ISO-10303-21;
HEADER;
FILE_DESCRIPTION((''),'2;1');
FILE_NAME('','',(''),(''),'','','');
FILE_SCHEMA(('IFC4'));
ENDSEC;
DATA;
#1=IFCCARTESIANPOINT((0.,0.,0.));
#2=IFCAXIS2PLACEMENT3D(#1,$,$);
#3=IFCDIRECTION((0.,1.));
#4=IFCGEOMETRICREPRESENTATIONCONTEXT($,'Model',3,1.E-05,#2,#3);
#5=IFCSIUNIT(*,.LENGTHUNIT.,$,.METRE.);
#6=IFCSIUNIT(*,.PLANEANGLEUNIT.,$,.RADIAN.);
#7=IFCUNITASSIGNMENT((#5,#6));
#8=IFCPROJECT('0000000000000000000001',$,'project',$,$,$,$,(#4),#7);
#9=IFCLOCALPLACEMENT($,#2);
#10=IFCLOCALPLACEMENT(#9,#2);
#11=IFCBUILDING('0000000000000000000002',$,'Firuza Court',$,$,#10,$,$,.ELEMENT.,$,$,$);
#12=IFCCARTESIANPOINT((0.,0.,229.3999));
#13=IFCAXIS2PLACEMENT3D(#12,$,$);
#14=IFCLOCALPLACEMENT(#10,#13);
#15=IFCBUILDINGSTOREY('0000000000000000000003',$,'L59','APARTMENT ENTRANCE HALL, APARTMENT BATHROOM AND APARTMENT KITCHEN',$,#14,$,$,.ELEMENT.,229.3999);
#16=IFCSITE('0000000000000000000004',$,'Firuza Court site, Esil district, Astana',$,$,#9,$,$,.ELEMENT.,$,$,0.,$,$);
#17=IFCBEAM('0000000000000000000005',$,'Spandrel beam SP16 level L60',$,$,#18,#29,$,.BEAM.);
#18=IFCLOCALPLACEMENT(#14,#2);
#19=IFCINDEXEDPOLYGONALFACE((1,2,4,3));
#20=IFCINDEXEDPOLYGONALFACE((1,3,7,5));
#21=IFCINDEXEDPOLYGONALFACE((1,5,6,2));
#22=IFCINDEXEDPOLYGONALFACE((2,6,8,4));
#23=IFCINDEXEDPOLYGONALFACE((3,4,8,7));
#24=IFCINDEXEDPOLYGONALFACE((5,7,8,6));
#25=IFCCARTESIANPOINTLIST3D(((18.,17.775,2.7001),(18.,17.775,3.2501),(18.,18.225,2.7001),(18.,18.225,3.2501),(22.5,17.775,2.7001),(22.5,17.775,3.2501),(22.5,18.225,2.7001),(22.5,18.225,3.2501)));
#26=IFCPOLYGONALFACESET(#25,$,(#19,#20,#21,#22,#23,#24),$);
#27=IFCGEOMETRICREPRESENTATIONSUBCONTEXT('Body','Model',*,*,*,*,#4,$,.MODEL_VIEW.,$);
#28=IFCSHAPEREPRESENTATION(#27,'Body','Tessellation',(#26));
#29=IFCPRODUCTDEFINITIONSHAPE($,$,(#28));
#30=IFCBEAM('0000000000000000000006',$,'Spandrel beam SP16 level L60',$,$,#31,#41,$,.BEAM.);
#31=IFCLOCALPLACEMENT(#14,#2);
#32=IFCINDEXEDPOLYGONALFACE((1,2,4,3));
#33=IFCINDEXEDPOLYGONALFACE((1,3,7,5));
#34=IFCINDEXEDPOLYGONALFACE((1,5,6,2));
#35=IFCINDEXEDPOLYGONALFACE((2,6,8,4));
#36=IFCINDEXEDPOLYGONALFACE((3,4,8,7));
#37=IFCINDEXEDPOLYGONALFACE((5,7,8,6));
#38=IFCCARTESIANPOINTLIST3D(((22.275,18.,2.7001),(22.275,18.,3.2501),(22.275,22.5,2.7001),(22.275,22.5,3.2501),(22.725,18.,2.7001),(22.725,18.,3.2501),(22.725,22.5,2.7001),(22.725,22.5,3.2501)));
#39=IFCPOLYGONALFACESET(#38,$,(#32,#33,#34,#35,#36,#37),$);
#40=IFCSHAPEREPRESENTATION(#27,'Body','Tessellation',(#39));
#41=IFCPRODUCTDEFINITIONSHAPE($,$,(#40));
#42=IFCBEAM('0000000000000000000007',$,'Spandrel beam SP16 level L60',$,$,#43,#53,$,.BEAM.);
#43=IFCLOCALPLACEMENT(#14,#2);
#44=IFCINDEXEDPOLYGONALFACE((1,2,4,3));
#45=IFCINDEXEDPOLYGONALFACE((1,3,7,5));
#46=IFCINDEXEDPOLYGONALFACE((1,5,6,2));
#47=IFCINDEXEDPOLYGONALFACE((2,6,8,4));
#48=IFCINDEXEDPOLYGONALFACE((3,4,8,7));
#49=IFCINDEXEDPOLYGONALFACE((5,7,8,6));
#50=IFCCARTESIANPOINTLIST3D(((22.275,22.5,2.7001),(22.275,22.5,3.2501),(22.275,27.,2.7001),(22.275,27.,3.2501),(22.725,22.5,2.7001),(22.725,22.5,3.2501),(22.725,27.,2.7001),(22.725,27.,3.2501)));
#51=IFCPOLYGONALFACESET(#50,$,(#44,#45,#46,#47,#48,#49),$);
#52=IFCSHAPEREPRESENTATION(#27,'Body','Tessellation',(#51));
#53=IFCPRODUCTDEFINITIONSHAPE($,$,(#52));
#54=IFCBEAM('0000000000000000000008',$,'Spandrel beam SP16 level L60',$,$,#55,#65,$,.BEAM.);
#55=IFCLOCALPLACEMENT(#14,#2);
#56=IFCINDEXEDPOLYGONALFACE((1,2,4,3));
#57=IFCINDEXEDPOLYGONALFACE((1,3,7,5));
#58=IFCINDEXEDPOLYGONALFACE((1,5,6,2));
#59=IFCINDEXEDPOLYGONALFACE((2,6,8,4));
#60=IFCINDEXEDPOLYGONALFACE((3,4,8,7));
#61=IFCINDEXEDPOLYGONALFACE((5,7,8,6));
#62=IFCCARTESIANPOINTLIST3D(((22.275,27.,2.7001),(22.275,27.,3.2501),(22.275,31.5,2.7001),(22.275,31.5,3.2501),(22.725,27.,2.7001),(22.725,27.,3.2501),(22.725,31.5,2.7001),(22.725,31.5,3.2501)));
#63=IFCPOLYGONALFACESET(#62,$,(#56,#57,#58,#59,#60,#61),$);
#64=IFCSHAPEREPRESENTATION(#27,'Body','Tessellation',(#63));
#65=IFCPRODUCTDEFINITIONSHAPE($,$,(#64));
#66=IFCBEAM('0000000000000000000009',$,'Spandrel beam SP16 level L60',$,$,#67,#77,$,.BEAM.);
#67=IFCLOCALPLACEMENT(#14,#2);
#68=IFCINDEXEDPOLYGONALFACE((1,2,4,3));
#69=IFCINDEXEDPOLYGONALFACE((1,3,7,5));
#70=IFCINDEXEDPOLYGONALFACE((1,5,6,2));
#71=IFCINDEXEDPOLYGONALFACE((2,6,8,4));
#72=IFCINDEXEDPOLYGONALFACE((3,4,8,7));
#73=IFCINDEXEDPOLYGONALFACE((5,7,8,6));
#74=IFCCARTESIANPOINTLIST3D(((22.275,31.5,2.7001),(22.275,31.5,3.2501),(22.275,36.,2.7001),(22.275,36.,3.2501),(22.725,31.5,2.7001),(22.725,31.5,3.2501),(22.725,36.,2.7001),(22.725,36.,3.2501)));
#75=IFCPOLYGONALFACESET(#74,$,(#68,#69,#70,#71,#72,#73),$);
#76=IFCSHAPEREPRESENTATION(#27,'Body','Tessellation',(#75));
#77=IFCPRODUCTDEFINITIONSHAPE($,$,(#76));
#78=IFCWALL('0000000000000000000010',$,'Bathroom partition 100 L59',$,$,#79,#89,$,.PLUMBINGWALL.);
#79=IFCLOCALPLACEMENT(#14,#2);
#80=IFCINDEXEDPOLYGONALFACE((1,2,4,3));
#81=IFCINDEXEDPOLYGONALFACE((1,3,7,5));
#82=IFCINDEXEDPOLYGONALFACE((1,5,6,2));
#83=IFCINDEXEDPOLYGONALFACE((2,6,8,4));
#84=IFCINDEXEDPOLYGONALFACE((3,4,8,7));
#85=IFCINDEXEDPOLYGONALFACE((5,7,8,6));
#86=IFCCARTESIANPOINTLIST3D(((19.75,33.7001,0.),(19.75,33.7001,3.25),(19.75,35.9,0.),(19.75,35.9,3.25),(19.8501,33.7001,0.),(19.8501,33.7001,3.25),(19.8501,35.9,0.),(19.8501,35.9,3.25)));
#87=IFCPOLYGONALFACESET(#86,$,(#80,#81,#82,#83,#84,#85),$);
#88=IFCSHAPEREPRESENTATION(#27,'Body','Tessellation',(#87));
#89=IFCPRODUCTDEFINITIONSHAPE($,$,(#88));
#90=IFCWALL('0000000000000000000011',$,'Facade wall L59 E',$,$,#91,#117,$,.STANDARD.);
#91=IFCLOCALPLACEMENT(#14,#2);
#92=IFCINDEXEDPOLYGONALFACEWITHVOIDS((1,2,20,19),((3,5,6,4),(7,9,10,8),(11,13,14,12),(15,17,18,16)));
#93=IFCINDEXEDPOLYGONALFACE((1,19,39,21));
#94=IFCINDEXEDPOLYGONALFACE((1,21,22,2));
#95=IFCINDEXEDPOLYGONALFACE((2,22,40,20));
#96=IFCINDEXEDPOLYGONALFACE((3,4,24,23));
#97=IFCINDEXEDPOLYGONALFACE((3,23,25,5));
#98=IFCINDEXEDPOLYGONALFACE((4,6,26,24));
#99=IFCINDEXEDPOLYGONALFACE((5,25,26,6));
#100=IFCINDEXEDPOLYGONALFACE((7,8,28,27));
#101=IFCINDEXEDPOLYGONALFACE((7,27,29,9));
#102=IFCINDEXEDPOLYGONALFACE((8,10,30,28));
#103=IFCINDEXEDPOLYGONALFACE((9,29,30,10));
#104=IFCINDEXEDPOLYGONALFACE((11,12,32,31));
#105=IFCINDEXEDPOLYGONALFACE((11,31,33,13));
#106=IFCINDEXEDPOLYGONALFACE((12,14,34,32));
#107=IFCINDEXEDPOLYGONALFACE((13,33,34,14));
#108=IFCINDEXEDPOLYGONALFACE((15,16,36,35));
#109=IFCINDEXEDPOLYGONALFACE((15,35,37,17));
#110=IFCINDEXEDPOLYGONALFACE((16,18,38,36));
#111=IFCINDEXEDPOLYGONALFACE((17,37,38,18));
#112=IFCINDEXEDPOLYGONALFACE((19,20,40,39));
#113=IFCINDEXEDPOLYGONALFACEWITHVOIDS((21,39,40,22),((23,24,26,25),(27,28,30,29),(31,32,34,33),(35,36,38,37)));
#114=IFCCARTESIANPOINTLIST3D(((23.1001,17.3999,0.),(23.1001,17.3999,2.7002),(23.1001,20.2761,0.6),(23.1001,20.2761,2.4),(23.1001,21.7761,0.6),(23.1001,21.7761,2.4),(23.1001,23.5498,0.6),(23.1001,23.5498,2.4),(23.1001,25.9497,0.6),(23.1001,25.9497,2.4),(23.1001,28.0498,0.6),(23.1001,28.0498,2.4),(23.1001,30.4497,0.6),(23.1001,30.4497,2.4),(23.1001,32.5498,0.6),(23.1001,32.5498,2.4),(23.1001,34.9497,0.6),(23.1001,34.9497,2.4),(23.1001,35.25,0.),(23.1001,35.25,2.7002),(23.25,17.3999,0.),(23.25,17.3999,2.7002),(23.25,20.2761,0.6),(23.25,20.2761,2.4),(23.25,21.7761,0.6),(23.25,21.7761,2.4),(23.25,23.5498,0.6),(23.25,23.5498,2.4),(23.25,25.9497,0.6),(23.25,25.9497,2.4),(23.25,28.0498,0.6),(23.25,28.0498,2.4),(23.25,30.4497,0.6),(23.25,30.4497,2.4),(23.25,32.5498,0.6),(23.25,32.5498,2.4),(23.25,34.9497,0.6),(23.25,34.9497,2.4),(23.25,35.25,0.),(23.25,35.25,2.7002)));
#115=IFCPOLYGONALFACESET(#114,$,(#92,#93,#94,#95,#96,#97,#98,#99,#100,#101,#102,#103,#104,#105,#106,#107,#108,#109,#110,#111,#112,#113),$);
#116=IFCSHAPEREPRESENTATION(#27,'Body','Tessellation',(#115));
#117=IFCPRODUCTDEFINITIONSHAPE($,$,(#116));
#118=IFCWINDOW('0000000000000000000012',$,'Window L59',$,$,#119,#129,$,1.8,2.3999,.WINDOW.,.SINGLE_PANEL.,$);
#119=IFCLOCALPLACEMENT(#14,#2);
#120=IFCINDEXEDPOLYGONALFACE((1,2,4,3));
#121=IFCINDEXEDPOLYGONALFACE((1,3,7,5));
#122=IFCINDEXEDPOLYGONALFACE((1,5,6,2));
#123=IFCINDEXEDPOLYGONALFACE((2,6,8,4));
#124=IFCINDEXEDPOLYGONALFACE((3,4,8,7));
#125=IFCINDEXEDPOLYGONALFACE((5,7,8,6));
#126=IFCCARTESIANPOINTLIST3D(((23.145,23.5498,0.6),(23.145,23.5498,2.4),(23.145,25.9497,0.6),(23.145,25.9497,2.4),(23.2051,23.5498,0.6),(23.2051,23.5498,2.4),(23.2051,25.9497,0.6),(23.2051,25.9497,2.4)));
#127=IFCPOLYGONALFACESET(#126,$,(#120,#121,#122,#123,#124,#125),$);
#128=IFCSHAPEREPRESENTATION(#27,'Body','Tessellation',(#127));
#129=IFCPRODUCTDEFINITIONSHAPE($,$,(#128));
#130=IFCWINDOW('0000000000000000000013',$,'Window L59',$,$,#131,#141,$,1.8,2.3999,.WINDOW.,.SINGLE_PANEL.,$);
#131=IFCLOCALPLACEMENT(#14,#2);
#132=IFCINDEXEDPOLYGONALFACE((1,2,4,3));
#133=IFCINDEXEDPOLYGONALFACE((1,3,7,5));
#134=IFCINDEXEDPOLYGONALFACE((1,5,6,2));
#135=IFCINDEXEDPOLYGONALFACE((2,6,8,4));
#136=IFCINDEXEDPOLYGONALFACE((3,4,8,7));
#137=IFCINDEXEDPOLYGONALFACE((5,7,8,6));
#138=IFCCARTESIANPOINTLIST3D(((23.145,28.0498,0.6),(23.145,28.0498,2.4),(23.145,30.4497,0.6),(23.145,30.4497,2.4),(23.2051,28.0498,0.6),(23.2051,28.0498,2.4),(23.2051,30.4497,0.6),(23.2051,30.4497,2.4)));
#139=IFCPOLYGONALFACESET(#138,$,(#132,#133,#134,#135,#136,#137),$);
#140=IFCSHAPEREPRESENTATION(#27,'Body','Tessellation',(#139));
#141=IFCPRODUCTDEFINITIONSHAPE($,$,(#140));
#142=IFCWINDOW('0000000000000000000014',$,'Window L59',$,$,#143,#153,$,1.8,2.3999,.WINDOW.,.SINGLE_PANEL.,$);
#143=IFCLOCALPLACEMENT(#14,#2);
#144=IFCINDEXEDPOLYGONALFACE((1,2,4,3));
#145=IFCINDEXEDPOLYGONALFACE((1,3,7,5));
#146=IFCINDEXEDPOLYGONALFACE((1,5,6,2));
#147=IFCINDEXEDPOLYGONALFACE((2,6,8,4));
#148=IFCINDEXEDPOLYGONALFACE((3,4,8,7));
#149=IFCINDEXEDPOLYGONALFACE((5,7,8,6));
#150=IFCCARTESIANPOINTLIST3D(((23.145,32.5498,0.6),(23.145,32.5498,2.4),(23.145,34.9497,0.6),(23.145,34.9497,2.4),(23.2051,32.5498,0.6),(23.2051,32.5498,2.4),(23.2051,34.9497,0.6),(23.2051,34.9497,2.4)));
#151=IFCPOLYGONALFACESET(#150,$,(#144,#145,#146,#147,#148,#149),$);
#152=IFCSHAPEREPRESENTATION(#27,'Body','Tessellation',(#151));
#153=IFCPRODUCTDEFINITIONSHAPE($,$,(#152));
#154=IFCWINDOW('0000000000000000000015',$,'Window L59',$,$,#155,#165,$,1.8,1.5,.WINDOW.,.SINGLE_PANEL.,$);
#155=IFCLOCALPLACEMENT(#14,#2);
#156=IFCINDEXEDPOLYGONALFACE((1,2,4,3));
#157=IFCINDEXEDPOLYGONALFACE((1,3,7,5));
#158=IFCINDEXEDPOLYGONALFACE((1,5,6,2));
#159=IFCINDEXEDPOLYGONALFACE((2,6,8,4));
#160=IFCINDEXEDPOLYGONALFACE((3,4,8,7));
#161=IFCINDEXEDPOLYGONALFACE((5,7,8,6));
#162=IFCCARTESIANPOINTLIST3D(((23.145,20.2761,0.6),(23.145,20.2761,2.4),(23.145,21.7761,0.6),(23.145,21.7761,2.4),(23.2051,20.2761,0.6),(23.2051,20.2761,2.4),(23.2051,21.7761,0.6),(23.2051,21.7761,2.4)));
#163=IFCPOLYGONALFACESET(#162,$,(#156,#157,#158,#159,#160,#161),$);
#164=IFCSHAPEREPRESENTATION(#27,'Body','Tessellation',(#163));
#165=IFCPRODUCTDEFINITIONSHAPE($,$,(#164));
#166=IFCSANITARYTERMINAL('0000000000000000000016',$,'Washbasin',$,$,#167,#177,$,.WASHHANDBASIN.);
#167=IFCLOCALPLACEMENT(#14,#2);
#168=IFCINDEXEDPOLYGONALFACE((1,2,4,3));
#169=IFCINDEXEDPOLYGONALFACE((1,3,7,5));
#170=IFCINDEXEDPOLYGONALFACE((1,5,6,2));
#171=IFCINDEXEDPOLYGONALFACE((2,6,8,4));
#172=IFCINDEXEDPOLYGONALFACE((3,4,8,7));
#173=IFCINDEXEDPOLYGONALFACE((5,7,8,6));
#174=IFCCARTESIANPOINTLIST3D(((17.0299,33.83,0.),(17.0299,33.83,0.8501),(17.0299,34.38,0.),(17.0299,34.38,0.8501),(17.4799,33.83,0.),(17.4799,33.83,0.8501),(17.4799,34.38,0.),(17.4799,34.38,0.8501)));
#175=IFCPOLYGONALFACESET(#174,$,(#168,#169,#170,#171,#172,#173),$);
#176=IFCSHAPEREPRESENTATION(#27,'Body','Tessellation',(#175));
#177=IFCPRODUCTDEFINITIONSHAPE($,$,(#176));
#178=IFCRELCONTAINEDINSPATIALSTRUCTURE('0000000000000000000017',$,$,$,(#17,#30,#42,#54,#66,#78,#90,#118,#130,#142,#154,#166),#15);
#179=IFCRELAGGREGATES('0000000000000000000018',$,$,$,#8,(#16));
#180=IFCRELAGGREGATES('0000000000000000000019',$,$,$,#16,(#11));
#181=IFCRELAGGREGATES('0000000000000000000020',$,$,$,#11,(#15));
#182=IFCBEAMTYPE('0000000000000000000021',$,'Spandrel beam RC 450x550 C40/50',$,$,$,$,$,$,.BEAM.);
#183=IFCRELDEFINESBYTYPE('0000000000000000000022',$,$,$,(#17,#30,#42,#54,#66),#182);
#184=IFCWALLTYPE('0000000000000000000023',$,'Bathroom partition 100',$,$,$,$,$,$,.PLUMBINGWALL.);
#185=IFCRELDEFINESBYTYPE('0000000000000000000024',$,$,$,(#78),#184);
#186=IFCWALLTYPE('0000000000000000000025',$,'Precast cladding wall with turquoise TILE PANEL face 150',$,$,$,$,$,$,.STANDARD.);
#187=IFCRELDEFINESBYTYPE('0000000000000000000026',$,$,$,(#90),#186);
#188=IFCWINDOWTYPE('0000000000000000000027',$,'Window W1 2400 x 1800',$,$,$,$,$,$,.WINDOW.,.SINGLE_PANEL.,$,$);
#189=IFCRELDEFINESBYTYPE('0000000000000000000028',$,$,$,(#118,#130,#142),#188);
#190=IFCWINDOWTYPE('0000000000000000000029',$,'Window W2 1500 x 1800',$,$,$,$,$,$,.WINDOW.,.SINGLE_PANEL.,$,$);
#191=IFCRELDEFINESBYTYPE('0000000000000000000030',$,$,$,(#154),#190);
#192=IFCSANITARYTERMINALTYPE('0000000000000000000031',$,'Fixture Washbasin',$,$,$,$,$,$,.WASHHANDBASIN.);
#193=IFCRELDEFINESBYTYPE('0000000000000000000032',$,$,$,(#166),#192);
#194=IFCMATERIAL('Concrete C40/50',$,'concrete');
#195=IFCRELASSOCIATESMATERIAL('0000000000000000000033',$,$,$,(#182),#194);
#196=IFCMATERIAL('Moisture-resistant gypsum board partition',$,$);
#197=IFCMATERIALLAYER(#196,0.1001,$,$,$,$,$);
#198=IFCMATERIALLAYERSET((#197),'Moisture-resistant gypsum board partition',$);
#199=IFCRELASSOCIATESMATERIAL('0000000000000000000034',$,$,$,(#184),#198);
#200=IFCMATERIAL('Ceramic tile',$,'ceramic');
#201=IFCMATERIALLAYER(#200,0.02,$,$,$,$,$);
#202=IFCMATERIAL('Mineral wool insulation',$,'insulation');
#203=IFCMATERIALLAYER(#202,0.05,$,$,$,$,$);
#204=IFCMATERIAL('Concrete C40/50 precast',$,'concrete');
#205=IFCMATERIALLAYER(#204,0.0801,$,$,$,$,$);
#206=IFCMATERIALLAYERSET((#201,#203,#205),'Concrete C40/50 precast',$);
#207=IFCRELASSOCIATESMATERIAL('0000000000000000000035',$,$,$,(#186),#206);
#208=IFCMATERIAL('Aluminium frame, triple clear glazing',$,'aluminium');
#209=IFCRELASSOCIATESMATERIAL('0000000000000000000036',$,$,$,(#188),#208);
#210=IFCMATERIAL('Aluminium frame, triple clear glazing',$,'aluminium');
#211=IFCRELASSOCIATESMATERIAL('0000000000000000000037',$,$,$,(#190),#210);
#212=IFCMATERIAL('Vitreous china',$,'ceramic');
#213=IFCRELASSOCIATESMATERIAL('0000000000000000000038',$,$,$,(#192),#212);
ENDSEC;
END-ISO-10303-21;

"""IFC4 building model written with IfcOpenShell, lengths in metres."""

from ifc_helpers import new_model, si_unit, direction, frame, frame_2d, origin, origin_2d, place, context, subcontext, project, spatial, rectangle, extrude, material, layer, layer_set, material_profile, profile_set, type_object, element, fill, save


model = new_model("IFC4")

# Units and contexts
model_context = context("Model", 3, precision=1e-05, world=origin(), true_north=direction((0.0, 1.0)))
body_context = subcontext(model_context, "Body", "Model", "MODEL_VIEW")
ifc_project = project(units=[si_unit("LENGTHUNIT", "METRE"), si_unit("PLANEANGLEUNIT", "RADIAN")], contexts=[model_context])

# Site, building, storey
site_placement = place(None, origin())
site = spatial("IfcSite", under=ifc_project, at=site_placement, Name="Firuza Court site, Esil district, Astana", CompositionType="ELEMENT", RefElevation=0.0)
building_placement = place(site_placement, origin())
building = spatial("IfcBuilding", under=site, at=building_placement, Name="Firuza Court", CompositionType="ELEMENT")
storey_placement = place(building_placement, frame((0.0, 0.0, 229.3999)))
storey = spatial("IfcBuildingStorey", under=building, at=storey_placement, Name="L59", Description="APARTMENT ENTRANCE HALL, APARTMENT BATHROOM AND APARTMENT KITCHEN", CompositionType="ELEMENT", Elevation=229.3999)

# Beams
ifc_material_1 = material(Name="Concrete C40/50", Category="concrete")
ifc_material_profile_1 = material_profile(ifc_material_1, rectangle(XDim=0.45, YDim=0.55, at=origin_2d()), Name="RC 450x550")
ifc_profile_set_1 = profile_set([ifc_material_profile_1], Name="Concrete C40/50")
beam_type_1 = type_object("IfcBeamType", Name="Spandrel beam RC 450x550 C40/50", PredefinedType="BEAM", material=ifc_profile_set_1)
for number, where, z_axis, x_axis, name in (
    (1, (18.0, 18.0, 2.9751), (1.0, 0.0, 0.0), (0.0, 1.0, 0.0), "Spandrel beam SP16 level L60"),
    (2, (22.5, 18.0, 2.9751), (0.0, 1.0, 0.0), (-1.0, 0.0, 0.0), "Spandrel beam SP16 level L60"),
    (3, (22.5, 22.5, 2.9751), (0.0, 1.0, 0.0), (-1.0, 0.0, 0.0), "Spandrel beam SP16 level L60"),
    (4, (22.5, 27.0, 2.9751), (0.0, 1.0, 0.0), (-1.0, 0.0, 0.0), "Spandrel beam SP16 level L60"),
    (5, (22.5, 31.5, 2.9751), (0.0, 1.0, 0.0), (-1.0, 0.0, 0.0), "Spandrel beam SP16 level L60"),
):
    element("IfcBeam", number, at=place(storey_placement, frame(where, z_axis=z_axis, x_axis=x_axis)), inside=storey, type_object=beam_type_1, Name=name, PredefinedType="BEAM", context=body_context, shape_type="SweptSolid", body=[
        extrude(rectangle(XDim=0.45, YDim=0.55, at=origin_2d()), origin(), (0.0, 0.0, 1.0), 4.5),
    ])

# Wall
ifc_material_2 = material(Name="Moisture-resistant gypsum board partition")
ifc_layer_1 = layer(ifc_material_2, 0.1001)
ifc_layer_set_1 = layer_set([ifc_layer_1], Name="Moisture-resistant gypsum board partition")
wall_type_1 = type_object("IfcWallType", Name="Bathroom partition 100", PredefinedType="PLUMBINGWALL", material=ifc_layer_set_1)
wall_1_placement = place(storey_placement, frame((19.8, 33.7, 0.0), z_axis=(0.0, 0.0, 1.0), x_axis=(0.0, 1.0, 0.0)))
element("IfcWall", 6, at=wall_1_placement, inside=storey, type_object=wall_type_1, Name="Bathroom partition 100 L59", PredefinedType="PLUMBINGWALL", context=body_context, shape_type="SweptSolid", body=[
    extrude(rectangle(XDim=2.2, YDim=0.1001, at=frame_2d((1.1001, 0.0))), origin(), (0.0, 0.0, 1.0), 3.25),
])

# Wall, openings, windows
ifc_material_3 = material(Name="Ceramic tile", Category="ceramic")
ifc_layer_2 = layer(ifc_material_3, 0.02)
ifc_material_4 = material(Name="Mineral wool insulation", Category="insulation")
ifc_layer_3 = layer(ifc_material_4, 0.05)
ifc_material_5 = material(Name="Concrete C40/50 precast", Category="concrete")
ifc_layer_4 = layer(ifc_material_5, 0.0801)
ifc_layer_set_2 = layer_set([ifc_layer_2, ifc_layer_3, ifc_layer_4], Name="Concrete C40/50 precast")
wall_type_2 = type_object("IfcWallType", Name="Precast cladding wall with turquoise TILE PANEL face 150", PredefinedType="STANDARD", material=ifc_layer_set_2)
wall_2_placement = place(storey_placement, frame((23.175, 17.3999, 0.0), z_axis=(0.0, 0.0, 1.0), x_axis=(0.0, 1.0, 0.0)))
wall_2 = element("IfcWall", 7, at=wall_2_placement, inside=storey, type_object=wall_type_2, Name="Facade wall L59 E", PredefinedType="STANDARD", context=body_context, shape_type="SweptSolid", body=[
    extrude(rectangle(XDim=17.8501, YDim=0.1499, at=frame_2d((8.925, 0.0))), origin(), (0.0, 0.0, 1.0), 2.7002),
])
opening_1_placement = place(wall_2_placement, frame((2.8762, 0.0, 0.6001)))
opening_1 = element("IfcOpeningElement", 8, at=opening_1_placement, cuts=wall_2, PredefinedType="OPENING", context=body_context, shape_type="SweptSolid", body=[
    extrude(rectangle(XDim=1.5, YDim=1.8, at=frame_2d((0.75, 0.8999))), frame((0.0, 0.0869, 0.0), z_axis=(0.0, -1.0, 0.0), x_axis=(1.0, 0.0, 0.0)), (0.0, 0.0, 1.0), 0.1738),
])
opening_2_placement = place(wall_2_placement, frame((6.1499, 0.0, 0.6001)))
opening_2 = element("IfcOpeningElement", 9, at=opening_2_placement, cuts=wall_2, PredefinedType="OPENING", context=body_context, shape_type="SweptSolid", body=[
    extrude(rectangle(XDim=2.3999, YDim=1.8, at=frame_2d((1.2, 0.8999))), frame((0.0, 0.0869, 0.0), z_axis=(0.0, -1.0, 0.0), x_axis=(1.0, 0.0, 0.0)), (0.0, 0.0, 1.0), 0.1738),
])
opening_3_placement = place(wall_2_placement, frame((10.6499, 0.0, 0.6001)))
opening_3 = element("IfcOpeningElement", 10, at=opening_3_placement, cuts=wall_2, PredefinedType="OPENING", context=body_context, shape_type="SweptSolid", body=[
    extrude(rectangle(XDim=2.3999, YDim=1.8, at=frame_2d((1.2, 0.8999))), frame((0.0, 0.0869, 0.0), z_axis=(0.0, -1.0, 0.0), x_axis=(1.0, 0.0, 0.0)), (0.0, 0.0, 1.0), 0.1738),
])
opening_4_placement = place(wall_2_placement, frame((15.1499, 0.0, 0.6001)))
opening_4 = element("IfcOpeningElement", 11, at=opening_4_placement, cuts=wall_2, PredefinedType="OPENING", context=body_context, shape_type="SweptSolid", body=[
    extrude(rectangle(XDim=2.3999, YDim=1.8, at=frame_2d((1.2, 0.8999))), frame((0.0, 0.0869, 0.0), z_axis=(0.0, -1.0, 0.0), x_axis=(1.0, 0.0, 0.0)), (0.0, 0.0, 1.0), 0.1738),
])
ifc_material_6 = material(Name="Aluminium frame, triple clear glazing", Category="aluminium")
window_type_1 = type_object("IfcWindowType", Name="Window W1 2400 x 1800", PartitioningType="SINGLE_PANEL", PredefinedType="WINDOW", material=ifc_material_6)
window_1_placement = place(opening_2_placement, origin())
window_1 = element("IfcWindow", 12, at=window_1_placement, inside=storey, type_object=window_type_1, Name="Window L59", OverallHeight=1.8, OverallWidth=2.3999, PartitioningType="SINGLE_PANEL", PredefinedType="WINDOW", context=body_context, shape_type="SweptSolid", body=[
    extrude(rectangle(XDim=2.3999, YDim=1.8, at=frame_2d((1.2, 0.8999))), frame((0.0, 0.03, 0.0), z_axis=(0.0, -1.0, 0.0), x_axis=(1.0, 0.0, 0.0)), (0.0, 0.0, 1.0), 0.0601),
])
fill(opening_2, window_1)
window_2_placement = place(opening_3_placement, origin())
window_2 = element("IfcWindow", 13, at=window_2_placement, inside=storey, type_object=window_type_1, Name="Window L59", OverallHeight=1.8, OverallWidth=2.3999, PartitioningType="SINGLE_PANEL", PredefinedType="WINDOW", context=body_context, shape_type="SweptSolid", body=[
    extrude(rectangle(XDim=2.3999, YDim=1.8, at=frame_2d((1.2, 0.8999))), frame((0.0, 0.03, 0.0), z_axis=(0.0, -1.0, 0.0), x_axis=(1.0, 0.0, 0.0)), (0.0, 0.0, 1.0), 0.0601),
])
fill(opening_3, window_2)
window_3_placement = place(opening_4_placement, origin())
window_3 = element("IfcWindow", 14, at=window_3_placement, inside=storey, type_object=window_type_1, Name="Window L59", OverallHeight=1.8, OverallWidth=2.3999, PartitioningType="SINGLE_PANEL", PredefinedType="WINDOW", context=body_context, shape_type="SweptSolid", body=[
    extrude(rectangle(XDim=2.3999, YDim=1.8, at=frame_2d((1.2, 0.8999))), frame((0.0, 0.03, 0.0), z_axis=(0.0, -1.0, 0.0), x_axis=(1.0, 0.0, 0.0)), (0.0, 0.0, 1.0), 0.0601),
])
fill(opening_4, window_3)
ifc_material_7 = material(Name="Aluminium frame, triple clear glazing", Category="aluminium")
window_type_2 = type_object("IfcWindowType", Name="Window W2 1500 x 1800", PartitioningType="SINGLE_PANEL", PredefinedType="WINDOW", material=ifc_material_7)
window_4_placement = place(opening_1_placement, origin())
window_4 = element("IfcWindow", 15, at=window_4_placement, inside=storey, type_object=window_type_2, Name="Window L59", OverallHeight=1.8, OverallWidth=1.5, PartitioningType="SINGLE_PANEL", PredefinedType="WINDOW", context=body_context, shape_type="SweptSolid", body=[
    extrude(rectangle(XDim=1.5, YDim=1.8, at=frame_2d((0.75, 0.8999))), frame((0.0, 0.03, 0.0), z_axis=(0.0, -1.0, 0.0), x_axis=(1.0, 0.0, 0.0)), (0.0, 0.0, 1.0), 0.0601),
])
fill(opening_1, window_4)

# Sanitary terminal
ifc_material_8 = material(Name="Vitreous china", Category="ceramic")
sanitary_terminal_type = type_object("IfcSanitaryTerminalType", Name="Fixture Washbasin", PredefinedType="WASHHANDBASIN", material=ifc_material_8)
sanitary_terminal_placement = place(storey_placement, frame((17.2549, 34.105, 0.0), z_axis=(0.0, 0.0, 1.0), x_axis=(1.0, 0.0, 0.0)))
element("IfcSanitaryTerminal", 16, at=sanitary_terminal_placement, inside=storey, type_object=sanitary_terminal_type, Name="Washbasin", PredefinedType="WASHHANDBASIN", context=body_context, shape_type="SweptSolid", body=[
    extrude(rectangle(XDim=0.45, YDim=0.55, at=origin_2d()), origin(), (0.0, 0.0, 1.0), 0.8501),
])

save(model, "model.ifc")
